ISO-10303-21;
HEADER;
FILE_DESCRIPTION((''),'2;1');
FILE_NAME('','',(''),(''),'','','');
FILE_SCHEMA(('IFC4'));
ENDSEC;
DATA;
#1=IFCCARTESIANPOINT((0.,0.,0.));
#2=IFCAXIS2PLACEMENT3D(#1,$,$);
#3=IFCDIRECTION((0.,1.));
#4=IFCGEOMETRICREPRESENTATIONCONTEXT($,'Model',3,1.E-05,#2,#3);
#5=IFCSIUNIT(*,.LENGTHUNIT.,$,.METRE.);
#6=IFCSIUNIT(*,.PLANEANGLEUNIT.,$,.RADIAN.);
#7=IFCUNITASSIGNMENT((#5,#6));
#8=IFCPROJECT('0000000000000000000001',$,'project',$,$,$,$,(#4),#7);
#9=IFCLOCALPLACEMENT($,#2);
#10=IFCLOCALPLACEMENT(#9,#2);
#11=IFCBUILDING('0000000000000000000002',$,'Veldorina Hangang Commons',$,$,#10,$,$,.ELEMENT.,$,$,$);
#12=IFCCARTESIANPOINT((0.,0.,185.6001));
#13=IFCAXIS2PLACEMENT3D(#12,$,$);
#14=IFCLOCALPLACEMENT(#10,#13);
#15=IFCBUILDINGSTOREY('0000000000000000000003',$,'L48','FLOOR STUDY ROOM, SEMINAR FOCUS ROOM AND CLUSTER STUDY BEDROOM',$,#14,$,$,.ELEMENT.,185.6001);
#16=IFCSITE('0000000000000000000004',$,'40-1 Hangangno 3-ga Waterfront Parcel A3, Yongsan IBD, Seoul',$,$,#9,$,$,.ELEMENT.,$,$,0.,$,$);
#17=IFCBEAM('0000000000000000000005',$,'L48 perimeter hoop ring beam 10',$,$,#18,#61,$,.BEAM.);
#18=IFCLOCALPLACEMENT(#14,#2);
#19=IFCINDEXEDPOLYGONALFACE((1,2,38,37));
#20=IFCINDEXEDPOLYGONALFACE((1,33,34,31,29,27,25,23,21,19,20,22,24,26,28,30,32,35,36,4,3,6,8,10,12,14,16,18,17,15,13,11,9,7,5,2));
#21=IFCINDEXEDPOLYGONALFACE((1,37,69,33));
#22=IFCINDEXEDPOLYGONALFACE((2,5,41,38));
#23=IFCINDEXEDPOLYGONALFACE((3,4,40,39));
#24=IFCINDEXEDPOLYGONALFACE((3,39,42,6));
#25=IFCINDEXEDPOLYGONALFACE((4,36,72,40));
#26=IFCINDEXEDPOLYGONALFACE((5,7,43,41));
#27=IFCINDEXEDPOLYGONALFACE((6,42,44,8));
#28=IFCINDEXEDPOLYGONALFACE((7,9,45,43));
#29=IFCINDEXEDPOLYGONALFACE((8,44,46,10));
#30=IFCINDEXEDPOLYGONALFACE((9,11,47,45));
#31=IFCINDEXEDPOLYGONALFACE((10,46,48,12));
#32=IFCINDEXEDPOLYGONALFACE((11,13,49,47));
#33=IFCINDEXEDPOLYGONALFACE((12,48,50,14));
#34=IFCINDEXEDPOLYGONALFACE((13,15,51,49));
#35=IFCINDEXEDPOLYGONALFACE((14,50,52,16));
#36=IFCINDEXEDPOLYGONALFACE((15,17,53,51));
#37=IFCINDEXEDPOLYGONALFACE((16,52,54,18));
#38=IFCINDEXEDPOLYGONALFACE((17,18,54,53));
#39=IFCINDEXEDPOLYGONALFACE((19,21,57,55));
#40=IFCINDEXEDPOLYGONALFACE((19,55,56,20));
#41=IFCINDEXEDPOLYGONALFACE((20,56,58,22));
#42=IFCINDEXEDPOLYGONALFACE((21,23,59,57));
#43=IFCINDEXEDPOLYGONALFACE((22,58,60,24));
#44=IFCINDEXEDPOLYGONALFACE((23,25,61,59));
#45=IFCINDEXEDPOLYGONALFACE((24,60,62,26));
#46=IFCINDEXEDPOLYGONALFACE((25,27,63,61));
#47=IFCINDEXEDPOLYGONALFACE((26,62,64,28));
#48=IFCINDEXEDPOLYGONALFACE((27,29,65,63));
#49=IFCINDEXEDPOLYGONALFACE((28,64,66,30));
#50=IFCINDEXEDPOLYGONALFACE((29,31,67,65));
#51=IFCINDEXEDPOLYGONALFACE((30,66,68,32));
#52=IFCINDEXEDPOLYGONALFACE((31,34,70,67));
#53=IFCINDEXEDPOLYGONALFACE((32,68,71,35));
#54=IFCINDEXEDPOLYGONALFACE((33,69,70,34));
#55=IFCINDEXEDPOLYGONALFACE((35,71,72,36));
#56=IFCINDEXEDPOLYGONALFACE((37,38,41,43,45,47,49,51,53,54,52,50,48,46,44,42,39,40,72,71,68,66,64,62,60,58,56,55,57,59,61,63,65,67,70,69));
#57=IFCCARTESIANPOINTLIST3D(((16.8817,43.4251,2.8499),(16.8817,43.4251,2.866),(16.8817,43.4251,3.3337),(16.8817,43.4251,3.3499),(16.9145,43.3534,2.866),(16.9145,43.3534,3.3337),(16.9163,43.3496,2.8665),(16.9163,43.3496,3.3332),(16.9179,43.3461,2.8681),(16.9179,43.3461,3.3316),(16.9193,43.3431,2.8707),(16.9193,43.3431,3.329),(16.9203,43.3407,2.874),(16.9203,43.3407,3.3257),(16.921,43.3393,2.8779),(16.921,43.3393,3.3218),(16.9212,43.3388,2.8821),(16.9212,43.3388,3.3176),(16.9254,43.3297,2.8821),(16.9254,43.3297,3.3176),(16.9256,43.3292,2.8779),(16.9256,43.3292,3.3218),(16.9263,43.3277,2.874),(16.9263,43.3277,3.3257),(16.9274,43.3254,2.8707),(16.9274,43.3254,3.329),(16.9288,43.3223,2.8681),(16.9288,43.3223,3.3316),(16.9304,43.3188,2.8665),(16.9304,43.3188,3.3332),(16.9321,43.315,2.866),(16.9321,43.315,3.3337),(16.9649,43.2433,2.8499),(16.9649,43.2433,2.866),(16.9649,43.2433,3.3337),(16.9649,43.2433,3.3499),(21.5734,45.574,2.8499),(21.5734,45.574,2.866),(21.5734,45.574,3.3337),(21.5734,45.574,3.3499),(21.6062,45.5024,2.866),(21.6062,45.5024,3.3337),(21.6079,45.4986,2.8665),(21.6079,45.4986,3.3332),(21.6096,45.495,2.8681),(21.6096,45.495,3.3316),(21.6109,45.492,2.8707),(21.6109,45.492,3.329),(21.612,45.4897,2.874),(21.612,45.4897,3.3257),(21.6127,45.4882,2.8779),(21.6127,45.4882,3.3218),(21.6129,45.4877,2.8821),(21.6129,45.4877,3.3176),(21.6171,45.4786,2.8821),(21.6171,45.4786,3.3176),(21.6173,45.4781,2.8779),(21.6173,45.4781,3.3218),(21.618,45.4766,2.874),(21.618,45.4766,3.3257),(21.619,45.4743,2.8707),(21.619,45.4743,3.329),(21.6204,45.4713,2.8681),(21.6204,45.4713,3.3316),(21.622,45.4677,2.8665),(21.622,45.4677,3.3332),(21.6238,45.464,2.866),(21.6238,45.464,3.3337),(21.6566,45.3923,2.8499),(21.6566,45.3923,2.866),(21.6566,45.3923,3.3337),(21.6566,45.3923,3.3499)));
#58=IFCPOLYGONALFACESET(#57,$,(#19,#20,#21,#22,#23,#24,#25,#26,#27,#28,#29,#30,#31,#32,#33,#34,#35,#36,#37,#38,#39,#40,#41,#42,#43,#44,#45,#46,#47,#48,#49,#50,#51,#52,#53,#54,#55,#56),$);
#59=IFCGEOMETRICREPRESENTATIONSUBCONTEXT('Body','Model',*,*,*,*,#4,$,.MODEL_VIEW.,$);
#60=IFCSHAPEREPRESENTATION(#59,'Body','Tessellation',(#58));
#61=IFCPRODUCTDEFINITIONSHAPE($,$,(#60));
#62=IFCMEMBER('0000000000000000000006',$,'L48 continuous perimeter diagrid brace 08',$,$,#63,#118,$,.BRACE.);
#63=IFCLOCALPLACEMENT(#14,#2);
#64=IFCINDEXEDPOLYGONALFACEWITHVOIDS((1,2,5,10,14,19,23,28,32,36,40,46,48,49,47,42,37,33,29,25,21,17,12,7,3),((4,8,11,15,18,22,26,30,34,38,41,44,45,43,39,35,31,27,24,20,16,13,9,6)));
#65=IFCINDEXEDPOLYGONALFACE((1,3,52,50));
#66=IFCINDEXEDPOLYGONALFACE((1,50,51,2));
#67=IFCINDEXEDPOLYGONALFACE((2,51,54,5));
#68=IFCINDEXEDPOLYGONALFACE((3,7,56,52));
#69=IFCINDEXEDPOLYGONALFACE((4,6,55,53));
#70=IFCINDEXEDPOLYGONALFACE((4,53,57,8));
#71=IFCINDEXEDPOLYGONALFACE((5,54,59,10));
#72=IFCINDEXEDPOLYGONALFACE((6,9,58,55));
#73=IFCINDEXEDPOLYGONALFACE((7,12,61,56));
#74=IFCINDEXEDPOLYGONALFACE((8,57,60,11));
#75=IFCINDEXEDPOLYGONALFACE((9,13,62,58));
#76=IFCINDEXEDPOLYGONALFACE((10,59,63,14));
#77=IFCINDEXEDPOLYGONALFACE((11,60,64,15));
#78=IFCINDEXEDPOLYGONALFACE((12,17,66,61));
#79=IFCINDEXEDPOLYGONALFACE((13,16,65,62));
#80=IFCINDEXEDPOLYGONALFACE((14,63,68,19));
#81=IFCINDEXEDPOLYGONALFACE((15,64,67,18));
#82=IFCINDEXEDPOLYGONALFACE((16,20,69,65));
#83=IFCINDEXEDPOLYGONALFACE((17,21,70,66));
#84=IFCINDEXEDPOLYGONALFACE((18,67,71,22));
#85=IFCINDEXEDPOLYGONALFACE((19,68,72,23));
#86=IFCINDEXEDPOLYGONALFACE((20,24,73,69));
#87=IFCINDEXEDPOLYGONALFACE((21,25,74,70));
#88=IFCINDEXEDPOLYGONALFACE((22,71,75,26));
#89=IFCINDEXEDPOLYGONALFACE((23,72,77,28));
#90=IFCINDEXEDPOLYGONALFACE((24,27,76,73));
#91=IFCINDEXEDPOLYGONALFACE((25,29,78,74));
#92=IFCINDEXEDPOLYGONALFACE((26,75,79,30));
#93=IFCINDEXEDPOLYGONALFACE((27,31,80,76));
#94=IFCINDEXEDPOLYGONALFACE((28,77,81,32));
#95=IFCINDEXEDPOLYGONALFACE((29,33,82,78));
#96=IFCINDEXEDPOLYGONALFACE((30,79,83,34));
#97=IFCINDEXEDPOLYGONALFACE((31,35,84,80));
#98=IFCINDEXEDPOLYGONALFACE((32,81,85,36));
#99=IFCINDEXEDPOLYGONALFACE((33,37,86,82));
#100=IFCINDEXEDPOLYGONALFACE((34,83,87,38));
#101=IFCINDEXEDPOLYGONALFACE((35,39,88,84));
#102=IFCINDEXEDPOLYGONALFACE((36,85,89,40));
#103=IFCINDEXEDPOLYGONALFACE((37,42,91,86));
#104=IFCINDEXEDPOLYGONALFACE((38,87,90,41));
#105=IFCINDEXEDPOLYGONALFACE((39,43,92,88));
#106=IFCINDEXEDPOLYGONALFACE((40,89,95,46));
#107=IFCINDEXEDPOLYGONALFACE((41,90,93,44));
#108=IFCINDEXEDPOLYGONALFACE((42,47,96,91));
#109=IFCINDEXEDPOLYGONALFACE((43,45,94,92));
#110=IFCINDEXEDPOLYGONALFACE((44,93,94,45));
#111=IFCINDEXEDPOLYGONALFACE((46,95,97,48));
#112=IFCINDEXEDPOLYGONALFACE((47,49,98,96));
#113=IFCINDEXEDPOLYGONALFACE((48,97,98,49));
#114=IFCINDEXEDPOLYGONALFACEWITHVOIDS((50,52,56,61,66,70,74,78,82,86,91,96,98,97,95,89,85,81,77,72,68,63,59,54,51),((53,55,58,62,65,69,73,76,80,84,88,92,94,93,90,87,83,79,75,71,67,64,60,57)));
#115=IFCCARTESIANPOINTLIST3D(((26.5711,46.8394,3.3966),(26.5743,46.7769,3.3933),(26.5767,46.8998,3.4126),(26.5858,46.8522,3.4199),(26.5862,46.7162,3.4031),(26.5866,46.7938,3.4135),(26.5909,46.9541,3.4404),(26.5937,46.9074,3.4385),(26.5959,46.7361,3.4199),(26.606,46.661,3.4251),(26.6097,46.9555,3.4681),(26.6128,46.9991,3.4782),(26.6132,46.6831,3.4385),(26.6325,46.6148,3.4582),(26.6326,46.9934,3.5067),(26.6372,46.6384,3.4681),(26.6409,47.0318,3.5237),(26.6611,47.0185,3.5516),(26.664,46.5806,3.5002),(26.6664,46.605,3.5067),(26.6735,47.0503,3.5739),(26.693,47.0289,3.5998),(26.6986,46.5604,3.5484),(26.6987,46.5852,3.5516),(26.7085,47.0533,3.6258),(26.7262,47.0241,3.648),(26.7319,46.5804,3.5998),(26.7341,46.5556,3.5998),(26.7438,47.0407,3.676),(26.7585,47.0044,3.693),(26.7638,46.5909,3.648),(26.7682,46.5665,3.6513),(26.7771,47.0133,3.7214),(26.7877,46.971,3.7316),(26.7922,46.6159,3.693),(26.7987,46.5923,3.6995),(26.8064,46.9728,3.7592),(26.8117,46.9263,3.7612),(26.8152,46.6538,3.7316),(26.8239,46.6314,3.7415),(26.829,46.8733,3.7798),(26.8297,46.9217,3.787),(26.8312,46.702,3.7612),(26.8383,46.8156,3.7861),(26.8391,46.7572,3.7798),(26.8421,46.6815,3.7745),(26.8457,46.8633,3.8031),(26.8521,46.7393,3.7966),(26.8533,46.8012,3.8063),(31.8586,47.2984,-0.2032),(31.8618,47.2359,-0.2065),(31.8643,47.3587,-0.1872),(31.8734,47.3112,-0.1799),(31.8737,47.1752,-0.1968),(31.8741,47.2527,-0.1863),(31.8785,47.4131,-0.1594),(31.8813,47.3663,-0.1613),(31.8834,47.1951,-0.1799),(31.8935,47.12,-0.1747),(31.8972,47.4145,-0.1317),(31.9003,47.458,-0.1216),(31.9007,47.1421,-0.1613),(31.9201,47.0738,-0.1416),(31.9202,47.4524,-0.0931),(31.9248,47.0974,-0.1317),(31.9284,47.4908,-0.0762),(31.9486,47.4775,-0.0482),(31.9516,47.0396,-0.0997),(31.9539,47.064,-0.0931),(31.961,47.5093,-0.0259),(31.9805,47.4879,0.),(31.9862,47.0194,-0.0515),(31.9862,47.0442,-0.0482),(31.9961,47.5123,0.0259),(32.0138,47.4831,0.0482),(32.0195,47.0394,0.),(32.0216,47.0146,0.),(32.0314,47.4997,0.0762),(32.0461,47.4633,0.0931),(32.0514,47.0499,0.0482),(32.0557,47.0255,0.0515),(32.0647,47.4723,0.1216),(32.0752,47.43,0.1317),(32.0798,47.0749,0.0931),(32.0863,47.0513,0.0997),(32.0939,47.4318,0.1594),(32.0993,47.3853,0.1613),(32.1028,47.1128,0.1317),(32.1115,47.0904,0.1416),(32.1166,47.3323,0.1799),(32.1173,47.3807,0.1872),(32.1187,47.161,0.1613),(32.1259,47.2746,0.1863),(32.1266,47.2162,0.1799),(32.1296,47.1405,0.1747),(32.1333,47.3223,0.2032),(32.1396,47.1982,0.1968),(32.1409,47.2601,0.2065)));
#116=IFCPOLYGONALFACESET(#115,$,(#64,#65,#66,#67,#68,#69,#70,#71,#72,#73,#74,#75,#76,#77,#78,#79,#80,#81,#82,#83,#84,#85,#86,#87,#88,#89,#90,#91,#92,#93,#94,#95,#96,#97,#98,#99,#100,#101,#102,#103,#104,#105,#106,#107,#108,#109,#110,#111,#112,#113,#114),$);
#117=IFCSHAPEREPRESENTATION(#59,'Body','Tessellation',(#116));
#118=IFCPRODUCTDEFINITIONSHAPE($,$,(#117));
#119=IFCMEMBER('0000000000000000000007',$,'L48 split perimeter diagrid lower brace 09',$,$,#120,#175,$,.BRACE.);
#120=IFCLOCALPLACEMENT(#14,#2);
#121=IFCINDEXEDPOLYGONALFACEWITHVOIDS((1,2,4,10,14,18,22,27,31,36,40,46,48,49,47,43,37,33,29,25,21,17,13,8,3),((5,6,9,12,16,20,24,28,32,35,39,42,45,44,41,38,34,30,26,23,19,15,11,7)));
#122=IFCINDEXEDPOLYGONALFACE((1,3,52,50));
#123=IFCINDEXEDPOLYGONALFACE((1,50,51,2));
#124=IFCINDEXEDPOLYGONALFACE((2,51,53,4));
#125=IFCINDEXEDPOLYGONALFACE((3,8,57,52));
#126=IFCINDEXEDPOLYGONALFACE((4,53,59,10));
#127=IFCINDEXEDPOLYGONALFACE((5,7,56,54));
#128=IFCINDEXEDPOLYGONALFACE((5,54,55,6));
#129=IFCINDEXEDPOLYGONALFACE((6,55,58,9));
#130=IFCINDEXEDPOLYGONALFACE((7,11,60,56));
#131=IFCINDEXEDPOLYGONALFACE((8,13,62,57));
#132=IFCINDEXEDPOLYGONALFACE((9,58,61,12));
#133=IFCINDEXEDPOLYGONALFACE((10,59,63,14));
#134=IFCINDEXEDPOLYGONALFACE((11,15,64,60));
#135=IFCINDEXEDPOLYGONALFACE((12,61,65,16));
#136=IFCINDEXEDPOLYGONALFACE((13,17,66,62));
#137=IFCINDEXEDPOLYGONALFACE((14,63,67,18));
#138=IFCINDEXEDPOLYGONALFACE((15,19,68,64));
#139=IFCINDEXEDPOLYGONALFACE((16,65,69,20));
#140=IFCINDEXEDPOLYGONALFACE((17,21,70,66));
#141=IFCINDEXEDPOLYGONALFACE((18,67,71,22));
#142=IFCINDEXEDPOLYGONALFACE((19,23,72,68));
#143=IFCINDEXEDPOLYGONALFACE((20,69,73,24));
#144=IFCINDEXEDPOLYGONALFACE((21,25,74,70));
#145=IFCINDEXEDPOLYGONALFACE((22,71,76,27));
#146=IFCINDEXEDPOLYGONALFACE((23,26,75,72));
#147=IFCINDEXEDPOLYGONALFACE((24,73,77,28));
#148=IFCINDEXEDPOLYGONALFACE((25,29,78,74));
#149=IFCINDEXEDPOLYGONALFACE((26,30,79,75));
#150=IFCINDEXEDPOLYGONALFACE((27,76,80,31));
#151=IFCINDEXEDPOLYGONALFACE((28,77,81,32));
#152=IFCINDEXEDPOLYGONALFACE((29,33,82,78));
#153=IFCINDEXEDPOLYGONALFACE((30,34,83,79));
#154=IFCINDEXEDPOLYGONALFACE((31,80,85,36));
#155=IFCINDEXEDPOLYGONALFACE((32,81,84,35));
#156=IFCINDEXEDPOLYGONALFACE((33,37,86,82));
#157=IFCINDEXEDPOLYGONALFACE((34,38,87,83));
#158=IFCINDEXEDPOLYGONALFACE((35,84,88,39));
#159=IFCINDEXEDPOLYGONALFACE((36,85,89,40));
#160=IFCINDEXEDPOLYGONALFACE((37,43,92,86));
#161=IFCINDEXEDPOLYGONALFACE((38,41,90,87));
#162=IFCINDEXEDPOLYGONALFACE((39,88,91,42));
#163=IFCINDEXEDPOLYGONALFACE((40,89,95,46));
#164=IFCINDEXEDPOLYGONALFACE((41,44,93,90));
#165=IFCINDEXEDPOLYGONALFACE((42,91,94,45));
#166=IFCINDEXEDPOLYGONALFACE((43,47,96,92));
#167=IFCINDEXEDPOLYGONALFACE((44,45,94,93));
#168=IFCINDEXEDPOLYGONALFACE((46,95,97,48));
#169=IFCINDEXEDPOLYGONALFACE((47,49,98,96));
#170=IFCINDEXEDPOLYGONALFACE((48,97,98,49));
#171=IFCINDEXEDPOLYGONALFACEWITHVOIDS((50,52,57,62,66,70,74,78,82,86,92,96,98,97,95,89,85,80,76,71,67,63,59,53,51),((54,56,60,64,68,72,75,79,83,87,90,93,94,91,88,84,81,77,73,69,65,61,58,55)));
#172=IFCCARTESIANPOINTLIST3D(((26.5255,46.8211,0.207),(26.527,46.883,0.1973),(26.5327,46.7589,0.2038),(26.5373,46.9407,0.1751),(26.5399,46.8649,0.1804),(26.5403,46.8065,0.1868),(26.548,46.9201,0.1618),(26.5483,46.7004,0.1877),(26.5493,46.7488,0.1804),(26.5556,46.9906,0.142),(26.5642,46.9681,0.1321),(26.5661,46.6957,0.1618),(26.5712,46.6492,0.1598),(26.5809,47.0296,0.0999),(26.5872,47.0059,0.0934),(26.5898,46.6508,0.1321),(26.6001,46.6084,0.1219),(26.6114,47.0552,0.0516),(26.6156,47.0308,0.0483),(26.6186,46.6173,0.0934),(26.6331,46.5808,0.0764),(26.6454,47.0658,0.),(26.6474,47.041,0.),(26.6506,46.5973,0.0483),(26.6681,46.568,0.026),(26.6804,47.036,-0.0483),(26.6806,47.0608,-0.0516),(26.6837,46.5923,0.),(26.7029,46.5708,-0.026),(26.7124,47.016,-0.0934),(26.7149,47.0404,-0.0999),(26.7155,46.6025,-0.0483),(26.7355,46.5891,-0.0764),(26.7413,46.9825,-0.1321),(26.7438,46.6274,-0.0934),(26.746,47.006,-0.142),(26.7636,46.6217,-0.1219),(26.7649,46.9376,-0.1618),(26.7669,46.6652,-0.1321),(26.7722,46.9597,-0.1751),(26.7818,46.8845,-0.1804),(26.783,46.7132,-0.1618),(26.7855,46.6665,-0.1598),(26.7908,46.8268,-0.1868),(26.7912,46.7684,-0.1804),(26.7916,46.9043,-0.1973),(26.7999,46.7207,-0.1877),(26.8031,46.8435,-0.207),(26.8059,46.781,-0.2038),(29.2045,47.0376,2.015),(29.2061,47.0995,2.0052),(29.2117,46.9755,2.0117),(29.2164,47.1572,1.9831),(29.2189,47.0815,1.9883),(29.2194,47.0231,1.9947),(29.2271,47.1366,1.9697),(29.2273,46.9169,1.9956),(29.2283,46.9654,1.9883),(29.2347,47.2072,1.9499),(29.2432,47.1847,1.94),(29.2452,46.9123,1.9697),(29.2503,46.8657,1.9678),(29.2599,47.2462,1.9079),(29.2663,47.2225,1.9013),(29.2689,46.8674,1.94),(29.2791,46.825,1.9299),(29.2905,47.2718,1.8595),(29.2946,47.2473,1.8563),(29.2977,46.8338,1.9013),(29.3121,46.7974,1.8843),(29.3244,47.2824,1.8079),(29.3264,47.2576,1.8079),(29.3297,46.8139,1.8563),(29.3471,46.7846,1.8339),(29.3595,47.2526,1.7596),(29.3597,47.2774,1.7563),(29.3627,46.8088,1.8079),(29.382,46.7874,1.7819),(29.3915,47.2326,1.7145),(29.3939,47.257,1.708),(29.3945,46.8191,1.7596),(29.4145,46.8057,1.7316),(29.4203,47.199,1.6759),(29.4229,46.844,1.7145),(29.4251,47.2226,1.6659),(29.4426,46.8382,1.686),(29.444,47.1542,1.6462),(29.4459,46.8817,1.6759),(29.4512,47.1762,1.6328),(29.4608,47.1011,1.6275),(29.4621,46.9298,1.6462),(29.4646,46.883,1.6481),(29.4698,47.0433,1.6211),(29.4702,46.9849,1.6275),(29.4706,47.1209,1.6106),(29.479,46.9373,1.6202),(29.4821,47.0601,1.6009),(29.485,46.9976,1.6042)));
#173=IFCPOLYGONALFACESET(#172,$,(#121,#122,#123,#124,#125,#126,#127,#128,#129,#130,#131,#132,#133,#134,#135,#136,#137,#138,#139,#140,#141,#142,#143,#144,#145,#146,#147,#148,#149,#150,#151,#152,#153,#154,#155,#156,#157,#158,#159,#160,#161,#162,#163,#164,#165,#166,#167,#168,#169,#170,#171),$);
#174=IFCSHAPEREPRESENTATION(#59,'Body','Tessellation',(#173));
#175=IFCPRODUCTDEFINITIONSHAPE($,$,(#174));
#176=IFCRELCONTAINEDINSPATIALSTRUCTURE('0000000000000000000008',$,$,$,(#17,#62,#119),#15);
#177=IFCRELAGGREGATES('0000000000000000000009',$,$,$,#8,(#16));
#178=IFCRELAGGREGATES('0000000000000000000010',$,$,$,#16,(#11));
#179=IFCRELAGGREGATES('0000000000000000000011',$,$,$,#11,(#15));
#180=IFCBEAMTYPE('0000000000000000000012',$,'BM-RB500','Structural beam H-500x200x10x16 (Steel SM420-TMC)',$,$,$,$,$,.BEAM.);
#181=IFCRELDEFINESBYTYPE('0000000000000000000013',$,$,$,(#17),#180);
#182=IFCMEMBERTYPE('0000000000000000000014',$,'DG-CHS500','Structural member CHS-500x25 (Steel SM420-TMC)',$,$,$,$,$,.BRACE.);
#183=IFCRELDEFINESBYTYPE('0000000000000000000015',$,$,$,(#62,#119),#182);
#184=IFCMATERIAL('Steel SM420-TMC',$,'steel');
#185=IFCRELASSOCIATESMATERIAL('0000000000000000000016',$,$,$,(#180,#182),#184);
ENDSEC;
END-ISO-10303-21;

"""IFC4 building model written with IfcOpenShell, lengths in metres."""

from ifc_helpers import new_model, si_unit, direction, frame, origin, origin_2d, place, context, subcontext, project, spatial, hollow_circle, i_section, extrude, material, material_profile, profile_set, type_object, element, save


model = new_model("IFC4")

# Units and contexts
model_context = context("Model", 3, precision=1e-05, world=origin(), true_north=direction((0.0, 1.0)))
body_context = subcontext(model_context, "Body", "Model", "MODEL_VIEW")
ifc_project = project(units=[si_unit("LENGTHUNIT", "METRE"), si_unit("PLANEANGLEUNIT", "RADIAN")], contexts=[model_context])

# Site, building, storey
site_placement = place(None, origin())
site = spatial("IfcSite", under=ifc_project, at=site_placement, Name="40-1 Hangangno 3-ga Waterfront Parcel A3, Yongsan IBD, Seoul", CompositionType="ELEMENT", RefElevation=0.0)
building_placement = place(site_placement, origin())
building = spatial("IfcBuilding", under=site, at=building_placement, Name="Veldorina Hangang Commons", CompositionType="ELEMENT")
storey_placement = place(building_placement, frame((0.0, 0.0, 185.6001)))
storey = spatial("IfcBuildingStorey", under=building, at=storey_placement, Name="L48", Description="FLOOR STUDY ROOM, SEMINAR FOCUS ROOM AND CLUSTER STUDY BEDROOM", CompositionType="ELEMENT", Elevation=185.6001)

# Beam
ifc_material_1 = material(Name="Steel SM420-TMC", Category="steel")
ifc_material_profile_1 = material_profile(ifc_material_1, i_section(OverallWidth=0.2, OverallDepth=0.5, WebThickness=0.01, FlangeThickness=0.0161, FilletRadius=0.0161, at=origin_2d()), Name="H-500x200x10x16")
ifc_profile_set_1 = profile_set([ifc_material_profile_1], Name="Steel SM420-TMC")
beam_type_1 = type_object("IfcBeamType", Name="BM-RB500", Description="Structural beam H-500x200x10x16 (Steel SM420-TMC)", PredefinedType="BEAM", material=ifc_profile_set_1)
beam_1_placement = place(storey_placement, frame((21.615, 45.4832, 3.0999), z_axis=(-0.909169, -0.416428, 0.0), x_axis=(0.416428, -0.909169, 0.0)))
element("IfcBeam", 1, at=beam_1_placement, inside=storey, type_object=beam_type_1, Name="L48 perimeter hoop ring beam 10", PredefinedType="BEAM", context=body_context, shape_type="SweptSolid", body=[
    extrude(i_section(OverallWidth=0.2, OverallDepth=0.5, WebThickness=0.01, FlangeThickness=0.0161, FilletRadius=0.0161, at=origin_2d()), origin(), (0.0, 0.0, 1.0), 5.1604),
])

# Members
ifc_material_profile_2 = material_profile(ifc_material_1, hollow_circle(Radius=0.25, WallThickness=0.0249, at=origin_2d()), Name="CHS-500x25")
ifc_profile_set_2 = profile_set([ifc_material_profile_2], Name="Steel SM420-TMC")
member_type = type_object("IfcMemberType", Name="DG-CHS500", Description="Structural member CHS-500x25 (Steel SM420-TMC)", PredefinedType="BRACE", material=ifc_profile_set_2)
member_1_placement = place(storey_placement, frame((32.0, 47.2637, 0.0), z_axis=(-0.824495, -0.071569, 0.561325), x_axis=(0.086479, -0.996254, 0.0)))
element("IfcMember", 2, at=member_1_placement, inside=storey, type_object=member_type, Name="L48 continuous perimeter diagrid brace 08", PredefinedType="BRACE", context=body_context, shape_type="SweptSolid", body=[
    extrude(hollow_circle(Radius=0.25, WallThickness=0.0249, at=origin_2d()), origin(), (0.0, 0.0, 1.0), 6.4131),
])
member_2_placement = place(storey_placement, frame((26.6655, 46.8167, 0.0), z_axis=(0.827056, 0.066855, 0.558129), x_axis=(-0.080572, 0.996749, 0.0)))
element("IfcMember", 3, at=member_2_placement, inside=storey, type_object=member_type, Name="L48 split perimeter diagrid lower brace 09", PredefinedType="BRACE", context=body_context, shape_type="SweptSolid", body=[
    extrude(hollow_circle(Radius=0.25, WallThickness=0.0249, at=origin_2d()), origin(), (0.0, 0.0, 1.0), 3.2393),
])

save(model, "model.ifc")
